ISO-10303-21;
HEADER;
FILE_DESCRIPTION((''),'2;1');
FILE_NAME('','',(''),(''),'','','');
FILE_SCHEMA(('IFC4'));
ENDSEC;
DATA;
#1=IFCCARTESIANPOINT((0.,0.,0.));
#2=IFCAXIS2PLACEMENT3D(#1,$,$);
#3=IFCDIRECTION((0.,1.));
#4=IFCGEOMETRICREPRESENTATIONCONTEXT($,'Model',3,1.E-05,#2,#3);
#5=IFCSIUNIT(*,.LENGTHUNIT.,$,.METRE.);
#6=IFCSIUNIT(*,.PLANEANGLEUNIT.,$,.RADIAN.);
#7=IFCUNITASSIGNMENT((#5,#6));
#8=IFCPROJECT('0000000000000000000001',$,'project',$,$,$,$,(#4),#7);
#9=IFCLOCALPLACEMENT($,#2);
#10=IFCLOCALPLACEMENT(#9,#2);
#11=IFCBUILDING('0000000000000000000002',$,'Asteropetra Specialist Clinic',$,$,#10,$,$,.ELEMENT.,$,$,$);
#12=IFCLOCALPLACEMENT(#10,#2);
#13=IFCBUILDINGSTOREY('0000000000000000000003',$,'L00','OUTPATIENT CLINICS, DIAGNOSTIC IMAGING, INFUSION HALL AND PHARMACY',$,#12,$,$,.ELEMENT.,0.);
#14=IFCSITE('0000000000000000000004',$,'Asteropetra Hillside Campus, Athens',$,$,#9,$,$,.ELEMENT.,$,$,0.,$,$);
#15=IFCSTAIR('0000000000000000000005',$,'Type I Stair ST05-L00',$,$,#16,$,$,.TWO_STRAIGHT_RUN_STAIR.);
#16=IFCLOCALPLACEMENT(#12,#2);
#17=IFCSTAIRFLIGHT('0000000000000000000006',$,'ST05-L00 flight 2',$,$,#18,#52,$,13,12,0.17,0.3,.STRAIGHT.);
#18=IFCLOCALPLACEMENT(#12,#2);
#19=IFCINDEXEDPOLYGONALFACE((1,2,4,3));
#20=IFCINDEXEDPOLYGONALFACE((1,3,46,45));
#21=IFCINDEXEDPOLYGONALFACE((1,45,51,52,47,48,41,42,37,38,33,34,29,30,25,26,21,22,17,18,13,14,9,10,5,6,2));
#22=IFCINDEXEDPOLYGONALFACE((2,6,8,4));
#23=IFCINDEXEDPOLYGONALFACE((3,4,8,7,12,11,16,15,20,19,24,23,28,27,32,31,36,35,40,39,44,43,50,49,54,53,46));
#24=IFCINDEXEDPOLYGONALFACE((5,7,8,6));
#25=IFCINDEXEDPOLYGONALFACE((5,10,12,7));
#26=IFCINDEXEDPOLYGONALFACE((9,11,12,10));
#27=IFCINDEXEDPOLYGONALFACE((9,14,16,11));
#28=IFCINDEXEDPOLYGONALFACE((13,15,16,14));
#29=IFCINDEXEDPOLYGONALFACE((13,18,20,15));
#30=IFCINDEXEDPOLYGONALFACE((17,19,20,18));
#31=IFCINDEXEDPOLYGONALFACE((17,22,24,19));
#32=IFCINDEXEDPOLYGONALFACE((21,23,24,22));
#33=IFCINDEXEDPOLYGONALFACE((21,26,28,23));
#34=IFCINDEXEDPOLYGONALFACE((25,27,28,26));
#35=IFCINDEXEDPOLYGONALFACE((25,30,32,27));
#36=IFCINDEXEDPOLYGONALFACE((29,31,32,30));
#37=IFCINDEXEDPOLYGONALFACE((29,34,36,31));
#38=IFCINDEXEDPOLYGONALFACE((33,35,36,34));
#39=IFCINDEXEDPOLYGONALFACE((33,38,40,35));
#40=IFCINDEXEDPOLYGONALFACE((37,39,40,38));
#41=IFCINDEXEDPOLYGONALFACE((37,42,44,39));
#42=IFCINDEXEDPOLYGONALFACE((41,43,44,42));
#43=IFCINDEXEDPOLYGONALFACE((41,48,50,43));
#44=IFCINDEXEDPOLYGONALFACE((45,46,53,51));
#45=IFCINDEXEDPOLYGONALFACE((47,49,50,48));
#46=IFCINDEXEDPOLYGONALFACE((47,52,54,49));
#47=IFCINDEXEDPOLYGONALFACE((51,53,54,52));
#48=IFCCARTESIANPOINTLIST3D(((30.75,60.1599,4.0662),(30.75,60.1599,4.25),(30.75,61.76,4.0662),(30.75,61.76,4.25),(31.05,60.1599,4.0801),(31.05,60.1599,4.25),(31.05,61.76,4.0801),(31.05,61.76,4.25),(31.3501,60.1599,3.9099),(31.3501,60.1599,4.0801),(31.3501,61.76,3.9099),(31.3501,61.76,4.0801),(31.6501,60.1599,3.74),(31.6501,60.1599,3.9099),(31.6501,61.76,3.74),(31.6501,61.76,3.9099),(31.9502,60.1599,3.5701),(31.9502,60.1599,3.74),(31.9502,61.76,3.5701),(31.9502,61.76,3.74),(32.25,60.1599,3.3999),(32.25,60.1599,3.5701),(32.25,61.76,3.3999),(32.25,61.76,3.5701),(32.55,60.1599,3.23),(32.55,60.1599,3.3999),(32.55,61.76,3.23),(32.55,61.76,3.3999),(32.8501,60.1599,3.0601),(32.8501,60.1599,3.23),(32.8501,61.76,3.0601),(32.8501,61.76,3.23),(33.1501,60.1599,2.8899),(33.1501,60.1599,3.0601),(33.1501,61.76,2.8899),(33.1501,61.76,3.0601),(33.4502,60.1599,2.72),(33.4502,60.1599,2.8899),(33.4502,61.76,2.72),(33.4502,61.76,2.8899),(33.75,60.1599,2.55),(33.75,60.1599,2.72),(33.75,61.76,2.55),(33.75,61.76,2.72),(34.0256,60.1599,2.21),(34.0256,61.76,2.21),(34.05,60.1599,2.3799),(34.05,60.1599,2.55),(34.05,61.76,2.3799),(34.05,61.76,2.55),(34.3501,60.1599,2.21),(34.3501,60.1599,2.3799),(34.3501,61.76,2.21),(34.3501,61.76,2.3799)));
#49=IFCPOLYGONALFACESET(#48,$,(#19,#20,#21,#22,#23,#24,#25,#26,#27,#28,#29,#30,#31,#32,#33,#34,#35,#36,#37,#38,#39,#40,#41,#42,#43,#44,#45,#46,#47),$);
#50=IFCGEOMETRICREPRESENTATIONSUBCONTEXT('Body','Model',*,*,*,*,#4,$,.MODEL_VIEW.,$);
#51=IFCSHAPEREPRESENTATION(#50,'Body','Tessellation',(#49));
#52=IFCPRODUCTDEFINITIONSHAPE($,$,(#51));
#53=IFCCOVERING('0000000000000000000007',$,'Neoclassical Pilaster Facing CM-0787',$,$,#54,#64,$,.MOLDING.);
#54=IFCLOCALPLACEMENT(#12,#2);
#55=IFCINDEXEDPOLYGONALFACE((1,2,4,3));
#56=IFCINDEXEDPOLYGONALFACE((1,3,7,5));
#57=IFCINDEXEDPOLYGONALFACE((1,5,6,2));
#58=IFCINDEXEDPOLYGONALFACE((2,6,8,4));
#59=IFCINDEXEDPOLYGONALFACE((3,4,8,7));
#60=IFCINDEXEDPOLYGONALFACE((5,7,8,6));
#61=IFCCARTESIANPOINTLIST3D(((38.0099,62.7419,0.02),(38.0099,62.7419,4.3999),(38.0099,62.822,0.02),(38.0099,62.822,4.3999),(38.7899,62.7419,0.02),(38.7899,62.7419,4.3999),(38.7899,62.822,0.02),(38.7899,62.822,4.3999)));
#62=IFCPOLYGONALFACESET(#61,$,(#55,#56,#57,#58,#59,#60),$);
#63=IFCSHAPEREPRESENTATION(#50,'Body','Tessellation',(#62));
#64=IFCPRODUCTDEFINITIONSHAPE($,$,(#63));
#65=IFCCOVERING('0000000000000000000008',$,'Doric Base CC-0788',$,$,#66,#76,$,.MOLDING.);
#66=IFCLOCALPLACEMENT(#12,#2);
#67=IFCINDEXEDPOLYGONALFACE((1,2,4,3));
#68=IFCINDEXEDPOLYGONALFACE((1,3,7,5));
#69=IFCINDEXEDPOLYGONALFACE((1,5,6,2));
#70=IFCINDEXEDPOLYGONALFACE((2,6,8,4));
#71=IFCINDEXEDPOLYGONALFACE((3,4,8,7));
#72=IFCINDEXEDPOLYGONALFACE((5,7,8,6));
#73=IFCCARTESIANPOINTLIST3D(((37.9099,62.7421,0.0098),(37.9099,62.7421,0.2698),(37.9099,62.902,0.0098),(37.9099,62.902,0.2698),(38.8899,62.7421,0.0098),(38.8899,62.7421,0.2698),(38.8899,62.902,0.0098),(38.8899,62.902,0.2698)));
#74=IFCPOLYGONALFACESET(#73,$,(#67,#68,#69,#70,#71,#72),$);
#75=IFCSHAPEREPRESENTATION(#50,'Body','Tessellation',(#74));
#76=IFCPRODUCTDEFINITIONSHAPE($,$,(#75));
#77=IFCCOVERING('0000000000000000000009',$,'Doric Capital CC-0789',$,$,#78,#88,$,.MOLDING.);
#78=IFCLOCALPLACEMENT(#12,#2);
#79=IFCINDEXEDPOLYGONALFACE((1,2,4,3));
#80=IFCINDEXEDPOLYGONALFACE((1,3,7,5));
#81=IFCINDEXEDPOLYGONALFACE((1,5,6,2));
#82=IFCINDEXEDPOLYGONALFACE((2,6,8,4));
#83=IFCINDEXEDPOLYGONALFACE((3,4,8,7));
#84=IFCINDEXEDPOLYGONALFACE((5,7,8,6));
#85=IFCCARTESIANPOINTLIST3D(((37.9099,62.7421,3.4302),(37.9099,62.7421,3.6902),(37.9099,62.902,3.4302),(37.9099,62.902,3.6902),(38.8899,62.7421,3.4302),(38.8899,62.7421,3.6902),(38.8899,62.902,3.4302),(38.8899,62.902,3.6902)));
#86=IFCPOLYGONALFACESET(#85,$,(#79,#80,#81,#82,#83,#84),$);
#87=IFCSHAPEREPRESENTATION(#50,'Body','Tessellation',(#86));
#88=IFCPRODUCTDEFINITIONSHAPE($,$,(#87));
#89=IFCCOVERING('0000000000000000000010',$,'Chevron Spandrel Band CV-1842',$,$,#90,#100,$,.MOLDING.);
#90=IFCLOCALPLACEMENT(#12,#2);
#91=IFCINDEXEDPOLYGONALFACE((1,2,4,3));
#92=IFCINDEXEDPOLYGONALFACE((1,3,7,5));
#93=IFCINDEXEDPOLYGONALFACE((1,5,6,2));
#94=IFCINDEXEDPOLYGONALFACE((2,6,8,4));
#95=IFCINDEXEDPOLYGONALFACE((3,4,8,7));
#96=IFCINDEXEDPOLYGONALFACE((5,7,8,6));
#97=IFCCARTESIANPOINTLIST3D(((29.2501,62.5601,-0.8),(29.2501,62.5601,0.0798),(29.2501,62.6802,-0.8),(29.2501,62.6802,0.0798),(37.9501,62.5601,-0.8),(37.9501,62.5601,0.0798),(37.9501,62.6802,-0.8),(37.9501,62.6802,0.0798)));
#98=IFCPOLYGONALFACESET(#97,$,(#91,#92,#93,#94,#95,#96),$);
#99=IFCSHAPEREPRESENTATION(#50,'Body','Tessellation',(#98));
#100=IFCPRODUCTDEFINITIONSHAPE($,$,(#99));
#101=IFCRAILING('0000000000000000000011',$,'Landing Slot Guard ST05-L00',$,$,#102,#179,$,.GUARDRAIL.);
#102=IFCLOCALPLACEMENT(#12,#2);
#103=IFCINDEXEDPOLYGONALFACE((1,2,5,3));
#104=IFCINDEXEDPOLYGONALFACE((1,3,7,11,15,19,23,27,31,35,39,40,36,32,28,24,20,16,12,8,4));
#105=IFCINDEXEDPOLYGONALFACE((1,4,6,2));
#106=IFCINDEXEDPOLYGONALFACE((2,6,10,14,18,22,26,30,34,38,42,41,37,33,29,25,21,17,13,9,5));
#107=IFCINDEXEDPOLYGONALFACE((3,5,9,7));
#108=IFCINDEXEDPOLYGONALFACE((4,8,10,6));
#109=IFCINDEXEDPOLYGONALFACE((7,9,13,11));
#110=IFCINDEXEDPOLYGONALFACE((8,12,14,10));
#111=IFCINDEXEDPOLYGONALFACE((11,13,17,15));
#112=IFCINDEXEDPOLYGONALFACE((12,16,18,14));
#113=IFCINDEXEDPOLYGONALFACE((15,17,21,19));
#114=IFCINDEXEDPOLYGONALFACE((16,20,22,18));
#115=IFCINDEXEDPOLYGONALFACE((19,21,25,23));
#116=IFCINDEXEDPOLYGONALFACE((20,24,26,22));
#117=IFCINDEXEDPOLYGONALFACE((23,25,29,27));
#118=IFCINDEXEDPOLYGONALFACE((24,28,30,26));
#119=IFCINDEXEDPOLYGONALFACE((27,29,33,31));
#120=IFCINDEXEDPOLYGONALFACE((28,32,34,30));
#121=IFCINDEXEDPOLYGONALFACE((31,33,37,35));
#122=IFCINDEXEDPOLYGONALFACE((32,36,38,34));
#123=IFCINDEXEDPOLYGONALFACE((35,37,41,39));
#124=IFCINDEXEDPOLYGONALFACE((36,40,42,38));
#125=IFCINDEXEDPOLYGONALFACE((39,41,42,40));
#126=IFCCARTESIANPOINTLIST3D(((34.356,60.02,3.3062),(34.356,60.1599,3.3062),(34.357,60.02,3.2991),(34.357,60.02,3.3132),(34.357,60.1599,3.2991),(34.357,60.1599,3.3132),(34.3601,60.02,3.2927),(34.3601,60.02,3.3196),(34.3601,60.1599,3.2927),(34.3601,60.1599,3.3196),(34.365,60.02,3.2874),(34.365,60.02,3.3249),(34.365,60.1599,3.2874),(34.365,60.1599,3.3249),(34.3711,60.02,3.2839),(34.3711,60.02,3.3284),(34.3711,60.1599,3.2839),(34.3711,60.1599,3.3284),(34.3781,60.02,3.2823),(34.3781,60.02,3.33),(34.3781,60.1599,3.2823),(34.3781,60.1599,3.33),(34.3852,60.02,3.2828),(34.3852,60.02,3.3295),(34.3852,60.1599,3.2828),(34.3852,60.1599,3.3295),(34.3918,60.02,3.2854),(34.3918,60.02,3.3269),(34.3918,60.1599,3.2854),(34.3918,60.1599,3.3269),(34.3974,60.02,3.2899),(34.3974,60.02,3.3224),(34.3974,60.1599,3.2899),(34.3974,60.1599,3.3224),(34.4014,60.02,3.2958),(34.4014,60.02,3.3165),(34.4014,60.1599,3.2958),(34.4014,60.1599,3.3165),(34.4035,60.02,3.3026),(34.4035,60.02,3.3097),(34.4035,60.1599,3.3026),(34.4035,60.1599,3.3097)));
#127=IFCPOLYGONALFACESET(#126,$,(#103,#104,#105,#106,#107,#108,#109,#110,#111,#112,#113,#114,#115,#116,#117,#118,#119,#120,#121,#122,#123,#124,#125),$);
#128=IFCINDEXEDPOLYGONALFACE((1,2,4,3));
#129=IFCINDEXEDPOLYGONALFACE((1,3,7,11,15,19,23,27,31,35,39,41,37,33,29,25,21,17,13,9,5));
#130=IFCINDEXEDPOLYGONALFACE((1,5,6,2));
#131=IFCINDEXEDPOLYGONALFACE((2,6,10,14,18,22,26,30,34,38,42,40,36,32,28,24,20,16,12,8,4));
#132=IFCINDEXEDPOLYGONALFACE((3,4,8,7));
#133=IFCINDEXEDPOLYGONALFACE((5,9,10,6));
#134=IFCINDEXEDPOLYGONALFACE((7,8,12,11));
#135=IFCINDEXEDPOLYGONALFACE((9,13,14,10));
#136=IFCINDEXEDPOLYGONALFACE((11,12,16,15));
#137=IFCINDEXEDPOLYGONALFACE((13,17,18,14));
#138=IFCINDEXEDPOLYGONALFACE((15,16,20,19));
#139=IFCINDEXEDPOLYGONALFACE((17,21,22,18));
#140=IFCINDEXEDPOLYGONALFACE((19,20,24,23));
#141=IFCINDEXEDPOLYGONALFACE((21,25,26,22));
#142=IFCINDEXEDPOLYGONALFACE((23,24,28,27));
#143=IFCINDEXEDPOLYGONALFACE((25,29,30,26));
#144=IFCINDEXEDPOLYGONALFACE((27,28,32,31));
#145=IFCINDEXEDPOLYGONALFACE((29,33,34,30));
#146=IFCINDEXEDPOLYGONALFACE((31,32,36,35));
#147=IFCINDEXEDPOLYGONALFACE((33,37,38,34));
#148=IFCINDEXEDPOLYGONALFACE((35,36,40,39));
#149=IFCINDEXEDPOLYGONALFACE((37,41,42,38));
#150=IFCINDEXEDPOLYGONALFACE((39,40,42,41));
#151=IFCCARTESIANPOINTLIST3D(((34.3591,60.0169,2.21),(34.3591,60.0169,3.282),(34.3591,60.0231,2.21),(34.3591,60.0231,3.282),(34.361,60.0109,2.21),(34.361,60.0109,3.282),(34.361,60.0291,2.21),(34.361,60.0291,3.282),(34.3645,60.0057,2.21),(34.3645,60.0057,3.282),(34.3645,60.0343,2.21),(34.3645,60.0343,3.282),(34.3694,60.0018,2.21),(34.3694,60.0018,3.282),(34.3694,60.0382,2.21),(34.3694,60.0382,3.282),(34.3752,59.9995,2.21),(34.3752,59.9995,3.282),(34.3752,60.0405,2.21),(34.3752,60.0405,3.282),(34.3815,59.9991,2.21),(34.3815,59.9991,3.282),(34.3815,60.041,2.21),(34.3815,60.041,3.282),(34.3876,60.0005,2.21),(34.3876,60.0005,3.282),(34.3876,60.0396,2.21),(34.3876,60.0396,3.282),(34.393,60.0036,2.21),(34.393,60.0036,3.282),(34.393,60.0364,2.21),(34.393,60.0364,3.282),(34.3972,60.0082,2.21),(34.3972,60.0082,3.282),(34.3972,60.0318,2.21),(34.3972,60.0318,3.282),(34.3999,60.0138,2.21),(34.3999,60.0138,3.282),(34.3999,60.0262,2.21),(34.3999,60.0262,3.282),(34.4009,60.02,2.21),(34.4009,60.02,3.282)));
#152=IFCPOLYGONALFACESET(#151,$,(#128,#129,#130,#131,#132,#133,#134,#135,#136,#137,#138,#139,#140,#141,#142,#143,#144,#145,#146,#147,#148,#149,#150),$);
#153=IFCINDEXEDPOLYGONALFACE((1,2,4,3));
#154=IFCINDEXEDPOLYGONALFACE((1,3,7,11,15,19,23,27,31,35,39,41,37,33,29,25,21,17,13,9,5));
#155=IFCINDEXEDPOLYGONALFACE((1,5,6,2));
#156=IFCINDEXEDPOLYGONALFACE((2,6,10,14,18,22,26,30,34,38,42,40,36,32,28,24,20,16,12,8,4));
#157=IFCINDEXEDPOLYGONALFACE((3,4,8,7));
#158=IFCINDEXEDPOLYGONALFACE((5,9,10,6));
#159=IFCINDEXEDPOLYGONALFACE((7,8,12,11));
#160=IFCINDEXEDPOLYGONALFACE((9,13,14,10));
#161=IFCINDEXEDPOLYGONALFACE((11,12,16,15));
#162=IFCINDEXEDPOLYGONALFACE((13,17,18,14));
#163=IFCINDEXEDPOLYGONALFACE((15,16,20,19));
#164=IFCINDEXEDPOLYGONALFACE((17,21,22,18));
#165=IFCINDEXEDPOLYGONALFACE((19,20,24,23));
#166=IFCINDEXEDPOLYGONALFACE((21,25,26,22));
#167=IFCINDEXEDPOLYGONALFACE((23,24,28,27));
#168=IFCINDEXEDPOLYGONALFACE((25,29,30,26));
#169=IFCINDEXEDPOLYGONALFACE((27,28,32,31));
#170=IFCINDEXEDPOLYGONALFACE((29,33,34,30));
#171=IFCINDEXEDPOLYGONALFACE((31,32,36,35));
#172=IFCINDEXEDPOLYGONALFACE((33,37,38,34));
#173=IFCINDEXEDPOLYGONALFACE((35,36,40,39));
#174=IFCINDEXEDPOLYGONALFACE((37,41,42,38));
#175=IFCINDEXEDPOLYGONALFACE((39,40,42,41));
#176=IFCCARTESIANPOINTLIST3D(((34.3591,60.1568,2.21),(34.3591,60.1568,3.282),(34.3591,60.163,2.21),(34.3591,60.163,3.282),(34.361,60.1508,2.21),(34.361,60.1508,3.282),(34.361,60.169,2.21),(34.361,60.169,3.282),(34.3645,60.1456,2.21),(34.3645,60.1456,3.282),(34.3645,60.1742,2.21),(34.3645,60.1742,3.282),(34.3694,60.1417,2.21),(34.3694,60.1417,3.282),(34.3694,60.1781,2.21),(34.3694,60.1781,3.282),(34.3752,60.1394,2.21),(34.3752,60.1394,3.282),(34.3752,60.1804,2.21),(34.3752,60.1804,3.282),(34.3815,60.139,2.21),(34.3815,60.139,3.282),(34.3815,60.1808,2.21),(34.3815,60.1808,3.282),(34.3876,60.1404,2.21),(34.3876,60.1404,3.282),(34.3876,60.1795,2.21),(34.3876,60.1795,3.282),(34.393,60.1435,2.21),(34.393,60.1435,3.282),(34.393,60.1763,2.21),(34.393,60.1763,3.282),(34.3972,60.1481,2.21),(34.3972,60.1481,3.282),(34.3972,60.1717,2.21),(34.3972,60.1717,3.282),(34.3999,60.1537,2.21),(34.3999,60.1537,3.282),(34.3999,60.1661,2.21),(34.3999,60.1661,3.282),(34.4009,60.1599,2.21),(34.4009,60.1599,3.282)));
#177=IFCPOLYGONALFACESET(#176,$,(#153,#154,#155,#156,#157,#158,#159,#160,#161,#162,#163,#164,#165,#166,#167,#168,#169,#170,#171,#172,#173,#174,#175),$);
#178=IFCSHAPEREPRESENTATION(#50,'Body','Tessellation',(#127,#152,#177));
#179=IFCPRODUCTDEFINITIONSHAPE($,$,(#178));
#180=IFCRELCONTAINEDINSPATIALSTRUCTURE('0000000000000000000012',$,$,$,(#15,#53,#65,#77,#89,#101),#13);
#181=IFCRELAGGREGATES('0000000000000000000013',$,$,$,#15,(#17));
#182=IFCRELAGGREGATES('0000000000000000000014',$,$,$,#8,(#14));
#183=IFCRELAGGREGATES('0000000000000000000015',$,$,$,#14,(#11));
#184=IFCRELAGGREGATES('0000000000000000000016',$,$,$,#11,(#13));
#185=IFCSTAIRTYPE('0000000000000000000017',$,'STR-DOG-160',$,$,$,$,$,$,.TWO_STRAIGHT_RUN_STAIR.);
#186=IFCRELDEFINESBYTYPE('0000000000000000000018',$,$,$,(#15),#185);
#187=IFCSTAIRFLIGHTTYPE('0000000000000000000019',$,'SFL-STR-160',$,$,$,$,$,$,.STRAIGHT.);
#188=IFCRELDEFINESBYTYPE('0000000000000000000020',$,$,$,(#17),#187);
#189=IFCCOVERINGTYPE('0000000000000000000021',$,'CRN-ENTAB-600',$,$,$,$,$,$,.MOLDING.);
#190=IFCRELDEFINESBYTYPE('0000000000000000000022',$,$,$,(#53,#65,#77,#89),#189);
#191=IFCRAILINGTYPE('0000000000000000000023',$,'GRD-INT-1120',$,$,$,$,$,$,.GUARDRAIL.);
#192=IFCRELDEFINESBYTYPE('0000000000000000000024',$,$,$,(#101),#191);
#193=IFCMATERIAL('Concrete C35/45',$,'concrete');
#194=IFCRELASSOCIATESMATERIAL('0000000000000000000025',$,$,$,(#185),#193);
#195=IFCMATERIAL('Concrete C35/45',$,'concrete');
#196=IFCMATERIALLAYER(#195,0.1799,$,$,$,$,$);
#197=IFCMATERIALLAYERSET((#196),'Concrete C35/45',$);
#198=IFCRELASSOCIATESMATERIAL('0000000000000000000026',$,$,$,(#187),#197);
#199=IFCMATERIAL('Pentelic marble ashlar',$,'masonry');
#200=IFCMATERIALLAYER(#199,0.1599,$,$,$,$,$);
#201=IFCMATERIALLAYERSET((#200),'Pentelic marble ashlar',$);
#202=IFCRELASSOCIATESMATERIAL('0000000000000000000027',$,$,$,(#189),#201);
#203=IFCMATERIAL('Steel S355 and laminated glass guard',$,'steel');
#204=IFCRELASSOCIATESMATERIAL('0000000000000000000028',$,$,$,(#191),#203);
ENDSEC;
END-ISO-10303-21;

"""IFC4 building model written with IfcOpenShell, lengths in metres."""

from ifc_helpers import new_model, si_unit, direction, frame, origin, origin_2d, place, context, subcontext, project, spatial, polyline, rectangle, circle, outline, extrude, material, layer, layer_set, type_object, element, aggregate, save


model = new_model("IFC4")

# Units and contexts
model_context = context("Model", 3, precision=1e-05, world=origin(), true_north=direction((0.0, 1.0)))
body_context = subcontext(model_context, "Body", "Model", "MODEL_VIEW")
ifc_project = project(units=[si_unit("LENGTHUNIT", "METRE"), si_unit("PLANEANGLEUNIT", "RADIAN")], contexts=[model_context])

# Site, building, storey
site_placement = place(None, origin())
site = spatial("IfcSite", under=ifc_project, at=site_placement, Name="Asteropetra Hillside Campus, Athens", CompositionType="ELEMENT", RefElevation=0.0)
building_placement = place(site_placement, origin())
building = spatial("IfcBuilding", under=site, at=building_placement, Name="Asteropetra Specialist Clinic", CompositionType="ELEMENT")
storey_placement = place(building_placement, origin())
storey = spatial("IfcBuildingStorey", under=building, at=storey_placement, Name="L00", Description="OUTPATIENT CLINICS, DIAGNOSTIC IMAGING, INFUSION HALL AND PHARMACY", CompositionType="ELEMENT", Elevation=0.0)

# Stair, stair flight
ifc_material_1 = material(Name="Concrete C35/45", Category="concrete")
stair_type = type_object("IfcStairType", Name="STR-DOG-160", PredefinedType="TWO_STRAIGHT_RUN_STAIR", material=ifc_material_1)
stair_placement = place(storey_placement, origin())
stair = element("IfcStair", 1, at=stair_placement, inside=storey, type_object=stair_type, Name="Type I Stair ST05-L00", PredefinedType="TWO_STRAIGHT_RUN_STAIR")
ifc_material_2 = material(Name="Concrete C35/45", Category="concrete")
ifc_layer_1 = layer(ifc_material_2, 0.1799)
ifc_layer_set_1 = layer_set([ifc_layer_1], Name="Concrete C35/45")
stair_flight_type = type_object("IfcStairFlightType", Name="SFL-STR-160", PredefinedType="STRAIGHT", material=ifc_layer_set_1)
stair_flight_placement = place(storey_placement, frame((34.3501, 60.96, 2.21), z_axis=(0.0, 0.0, 1.0), x_axis=(-1.0, 0.0, 0.0)))
stair_flight = element("IfcStairFlight", 2, at=stair_flight_placement, type_object=stair_flight_type, Name="ST05-L00 flight 2", NumberOfRisers=13, NumberOfTreads=12, PredefinedType="STRAIGHT", RiserHeight=0.17, TreadLength=0.3, context=body_context, shape_type="SweptSolid", body=[
    extrude(outline(polyline([(0.0, 0.0), (0.0, 0.1699), (0.3, 0.1699), (0.3, 0.3401), (0.6001, 0.3401), (0.6001, 0.51), (0.8999, 0.51), (0.8999, 0.6799), (1.2, 0.6799), (1.2, 0.8501), (1.5, 0.8501), (1.5, 1.02), (1.8, 1.02), (1.8, 1.1899), (2.1001, 1.1899), (2.1001, 1.3601), (2.3999, 1.3601), (2.3999, 1.53), (2.7, 1.53), (2.7, 1.7), (3.0, 1.7), (3.0, 1.8701), (3.3, 1.8701), (3.3, 2.04), (3.6001, 2.04), (3.6001, 2.21), (3.6001, 1.8562), (0.3245, 0.0), (0.0, 0.0)])), frame((0.0, 0.8, 0.0), z_axis=(0.0, -1.0, 0.0), x_axis=(1.0, 0.0, 0.0)), (0.0, 0.0, 1.0), 1.6001),
])
aggregate(stair, [stair_flight])

# Coverings
ifc_material_3 = material(Name="Pentelic marble ashlar", Category="masonry")
ifc_layer_2 = layer(ifc_material_3, 0.1599)
ifc_layer_set_2 = layer_set([ifc_layer_2], Name="Pentelic marble ashlar")
covering_type = type_object("IfcCoveringType", Name="CRN-ENTAB-600", PredefinedType="MOLDING", material=ifc_layer_set_2)
covering_1_placement = place(storey_placement, frame((38.3999, 62.782, 0.02), z_axis=(0.0, 0.0, 1.0), x_axis=(1.0, 0.0, 0.0)))
element("IfcCovering", 3, at=covering_1_placement, inside=storey, type_object=covering_type, Name="Neoclassical Pilaster Facing CM-0787", PredefinedType="MOLDING", context=body_context, shape_type="SweptSolid", body=[
    extrude(rectangle(XDim=0.78, YDim=0.0801, at=origin_2d()), origin(), (0.0, 0.0, 1.0), 4.3799),
])
for number, where, z_axis, x_axis, name in (
    (4, (38.3999, 62.822, 0.0098), (0.0, 0.0, 1.0), (1.0, 0.0, 0.0), "Doric Base CC-0788"),
    (5, (38.3999, 62.822, 3.4302), (0.0, 0.0, 1.0), (1.0, 0.0, 0.0), "Doric Capital CC-0789"),
):
    element("IfcCovering", number, at=place(storey_placement, frame(where, z_axis=z_axis, x_axis=x_axis)), inside=storey, type_object=covering_type, Name=name, PredefinedType="MOLDING", context=body_context, shape_type="SweptSolid", body=[
        extrude(rectangle(XDim=0.98, YDim=0.1599, at=origin_2d()), origin(), (0.0, 0.0, 1.0), 0.26),
    ])
covering_2_placement = place(storey_placement, frame((33.6001, 62.6201, -0.8), z_axis=(0.0, 0.0, 1.0), x_axis=(1.0, 0.0, 0.0)))
element("IfcCovering", 6, at=covering_2_placement, inside=storey, type_object=covering_type, Name="Chevron Spandrel Band CV-1842", PredefinedType="MOLDING", context=body_context, shape_type="SweptSolid", body=[
    extrude(rectangle(XDim=8.7, YDim=0.1201, at=origin_2d()), origin(), (0.0, 0.0, 1.0), 0.8799),
])

# Railing
ifc_material_4 = material(Name="Steel S355 and laminated glass guard", Category="steel")
railing_type_1 = type_object("IfcRailingType", Name="GRD-INT-1120", PredefinedType="GUARDRAIL", material=ifc_material_4)
railing_1_placement = place(storey_placement, frame((34.3799, 60.02, 2.21)))
element("IfcRailing", 7, at=railing_1_placement, inside=storey, type_object=railing_type_1, Name="Landing Slot Guard ST05-L00", PredefinedType="GUARDRAIL", context=body_context, shape_type="SweptSolid", body=[
    extrude(circle(Radius=0.0239, at=origin_2d()), frame((0.0, 0.0, 1.0962), z_axis=(0.0, 1.0, 0.0), x_axis=(-1.0, 0.0, 0.0)), (0.0, 0.0, 1.0), 0.1399),
    extrude(circle(Radius=0.021, at=origin_2d()), origin(), (0.0, 0.0, 1.0), 1.072),
    extrude(circle(Radius=0.021, at=origin_2d()), frame((0.0, 0.1399, 0.0)), (0.0, 0.0, 1.0), 1.072),
])

save(model, "model.ifc")
